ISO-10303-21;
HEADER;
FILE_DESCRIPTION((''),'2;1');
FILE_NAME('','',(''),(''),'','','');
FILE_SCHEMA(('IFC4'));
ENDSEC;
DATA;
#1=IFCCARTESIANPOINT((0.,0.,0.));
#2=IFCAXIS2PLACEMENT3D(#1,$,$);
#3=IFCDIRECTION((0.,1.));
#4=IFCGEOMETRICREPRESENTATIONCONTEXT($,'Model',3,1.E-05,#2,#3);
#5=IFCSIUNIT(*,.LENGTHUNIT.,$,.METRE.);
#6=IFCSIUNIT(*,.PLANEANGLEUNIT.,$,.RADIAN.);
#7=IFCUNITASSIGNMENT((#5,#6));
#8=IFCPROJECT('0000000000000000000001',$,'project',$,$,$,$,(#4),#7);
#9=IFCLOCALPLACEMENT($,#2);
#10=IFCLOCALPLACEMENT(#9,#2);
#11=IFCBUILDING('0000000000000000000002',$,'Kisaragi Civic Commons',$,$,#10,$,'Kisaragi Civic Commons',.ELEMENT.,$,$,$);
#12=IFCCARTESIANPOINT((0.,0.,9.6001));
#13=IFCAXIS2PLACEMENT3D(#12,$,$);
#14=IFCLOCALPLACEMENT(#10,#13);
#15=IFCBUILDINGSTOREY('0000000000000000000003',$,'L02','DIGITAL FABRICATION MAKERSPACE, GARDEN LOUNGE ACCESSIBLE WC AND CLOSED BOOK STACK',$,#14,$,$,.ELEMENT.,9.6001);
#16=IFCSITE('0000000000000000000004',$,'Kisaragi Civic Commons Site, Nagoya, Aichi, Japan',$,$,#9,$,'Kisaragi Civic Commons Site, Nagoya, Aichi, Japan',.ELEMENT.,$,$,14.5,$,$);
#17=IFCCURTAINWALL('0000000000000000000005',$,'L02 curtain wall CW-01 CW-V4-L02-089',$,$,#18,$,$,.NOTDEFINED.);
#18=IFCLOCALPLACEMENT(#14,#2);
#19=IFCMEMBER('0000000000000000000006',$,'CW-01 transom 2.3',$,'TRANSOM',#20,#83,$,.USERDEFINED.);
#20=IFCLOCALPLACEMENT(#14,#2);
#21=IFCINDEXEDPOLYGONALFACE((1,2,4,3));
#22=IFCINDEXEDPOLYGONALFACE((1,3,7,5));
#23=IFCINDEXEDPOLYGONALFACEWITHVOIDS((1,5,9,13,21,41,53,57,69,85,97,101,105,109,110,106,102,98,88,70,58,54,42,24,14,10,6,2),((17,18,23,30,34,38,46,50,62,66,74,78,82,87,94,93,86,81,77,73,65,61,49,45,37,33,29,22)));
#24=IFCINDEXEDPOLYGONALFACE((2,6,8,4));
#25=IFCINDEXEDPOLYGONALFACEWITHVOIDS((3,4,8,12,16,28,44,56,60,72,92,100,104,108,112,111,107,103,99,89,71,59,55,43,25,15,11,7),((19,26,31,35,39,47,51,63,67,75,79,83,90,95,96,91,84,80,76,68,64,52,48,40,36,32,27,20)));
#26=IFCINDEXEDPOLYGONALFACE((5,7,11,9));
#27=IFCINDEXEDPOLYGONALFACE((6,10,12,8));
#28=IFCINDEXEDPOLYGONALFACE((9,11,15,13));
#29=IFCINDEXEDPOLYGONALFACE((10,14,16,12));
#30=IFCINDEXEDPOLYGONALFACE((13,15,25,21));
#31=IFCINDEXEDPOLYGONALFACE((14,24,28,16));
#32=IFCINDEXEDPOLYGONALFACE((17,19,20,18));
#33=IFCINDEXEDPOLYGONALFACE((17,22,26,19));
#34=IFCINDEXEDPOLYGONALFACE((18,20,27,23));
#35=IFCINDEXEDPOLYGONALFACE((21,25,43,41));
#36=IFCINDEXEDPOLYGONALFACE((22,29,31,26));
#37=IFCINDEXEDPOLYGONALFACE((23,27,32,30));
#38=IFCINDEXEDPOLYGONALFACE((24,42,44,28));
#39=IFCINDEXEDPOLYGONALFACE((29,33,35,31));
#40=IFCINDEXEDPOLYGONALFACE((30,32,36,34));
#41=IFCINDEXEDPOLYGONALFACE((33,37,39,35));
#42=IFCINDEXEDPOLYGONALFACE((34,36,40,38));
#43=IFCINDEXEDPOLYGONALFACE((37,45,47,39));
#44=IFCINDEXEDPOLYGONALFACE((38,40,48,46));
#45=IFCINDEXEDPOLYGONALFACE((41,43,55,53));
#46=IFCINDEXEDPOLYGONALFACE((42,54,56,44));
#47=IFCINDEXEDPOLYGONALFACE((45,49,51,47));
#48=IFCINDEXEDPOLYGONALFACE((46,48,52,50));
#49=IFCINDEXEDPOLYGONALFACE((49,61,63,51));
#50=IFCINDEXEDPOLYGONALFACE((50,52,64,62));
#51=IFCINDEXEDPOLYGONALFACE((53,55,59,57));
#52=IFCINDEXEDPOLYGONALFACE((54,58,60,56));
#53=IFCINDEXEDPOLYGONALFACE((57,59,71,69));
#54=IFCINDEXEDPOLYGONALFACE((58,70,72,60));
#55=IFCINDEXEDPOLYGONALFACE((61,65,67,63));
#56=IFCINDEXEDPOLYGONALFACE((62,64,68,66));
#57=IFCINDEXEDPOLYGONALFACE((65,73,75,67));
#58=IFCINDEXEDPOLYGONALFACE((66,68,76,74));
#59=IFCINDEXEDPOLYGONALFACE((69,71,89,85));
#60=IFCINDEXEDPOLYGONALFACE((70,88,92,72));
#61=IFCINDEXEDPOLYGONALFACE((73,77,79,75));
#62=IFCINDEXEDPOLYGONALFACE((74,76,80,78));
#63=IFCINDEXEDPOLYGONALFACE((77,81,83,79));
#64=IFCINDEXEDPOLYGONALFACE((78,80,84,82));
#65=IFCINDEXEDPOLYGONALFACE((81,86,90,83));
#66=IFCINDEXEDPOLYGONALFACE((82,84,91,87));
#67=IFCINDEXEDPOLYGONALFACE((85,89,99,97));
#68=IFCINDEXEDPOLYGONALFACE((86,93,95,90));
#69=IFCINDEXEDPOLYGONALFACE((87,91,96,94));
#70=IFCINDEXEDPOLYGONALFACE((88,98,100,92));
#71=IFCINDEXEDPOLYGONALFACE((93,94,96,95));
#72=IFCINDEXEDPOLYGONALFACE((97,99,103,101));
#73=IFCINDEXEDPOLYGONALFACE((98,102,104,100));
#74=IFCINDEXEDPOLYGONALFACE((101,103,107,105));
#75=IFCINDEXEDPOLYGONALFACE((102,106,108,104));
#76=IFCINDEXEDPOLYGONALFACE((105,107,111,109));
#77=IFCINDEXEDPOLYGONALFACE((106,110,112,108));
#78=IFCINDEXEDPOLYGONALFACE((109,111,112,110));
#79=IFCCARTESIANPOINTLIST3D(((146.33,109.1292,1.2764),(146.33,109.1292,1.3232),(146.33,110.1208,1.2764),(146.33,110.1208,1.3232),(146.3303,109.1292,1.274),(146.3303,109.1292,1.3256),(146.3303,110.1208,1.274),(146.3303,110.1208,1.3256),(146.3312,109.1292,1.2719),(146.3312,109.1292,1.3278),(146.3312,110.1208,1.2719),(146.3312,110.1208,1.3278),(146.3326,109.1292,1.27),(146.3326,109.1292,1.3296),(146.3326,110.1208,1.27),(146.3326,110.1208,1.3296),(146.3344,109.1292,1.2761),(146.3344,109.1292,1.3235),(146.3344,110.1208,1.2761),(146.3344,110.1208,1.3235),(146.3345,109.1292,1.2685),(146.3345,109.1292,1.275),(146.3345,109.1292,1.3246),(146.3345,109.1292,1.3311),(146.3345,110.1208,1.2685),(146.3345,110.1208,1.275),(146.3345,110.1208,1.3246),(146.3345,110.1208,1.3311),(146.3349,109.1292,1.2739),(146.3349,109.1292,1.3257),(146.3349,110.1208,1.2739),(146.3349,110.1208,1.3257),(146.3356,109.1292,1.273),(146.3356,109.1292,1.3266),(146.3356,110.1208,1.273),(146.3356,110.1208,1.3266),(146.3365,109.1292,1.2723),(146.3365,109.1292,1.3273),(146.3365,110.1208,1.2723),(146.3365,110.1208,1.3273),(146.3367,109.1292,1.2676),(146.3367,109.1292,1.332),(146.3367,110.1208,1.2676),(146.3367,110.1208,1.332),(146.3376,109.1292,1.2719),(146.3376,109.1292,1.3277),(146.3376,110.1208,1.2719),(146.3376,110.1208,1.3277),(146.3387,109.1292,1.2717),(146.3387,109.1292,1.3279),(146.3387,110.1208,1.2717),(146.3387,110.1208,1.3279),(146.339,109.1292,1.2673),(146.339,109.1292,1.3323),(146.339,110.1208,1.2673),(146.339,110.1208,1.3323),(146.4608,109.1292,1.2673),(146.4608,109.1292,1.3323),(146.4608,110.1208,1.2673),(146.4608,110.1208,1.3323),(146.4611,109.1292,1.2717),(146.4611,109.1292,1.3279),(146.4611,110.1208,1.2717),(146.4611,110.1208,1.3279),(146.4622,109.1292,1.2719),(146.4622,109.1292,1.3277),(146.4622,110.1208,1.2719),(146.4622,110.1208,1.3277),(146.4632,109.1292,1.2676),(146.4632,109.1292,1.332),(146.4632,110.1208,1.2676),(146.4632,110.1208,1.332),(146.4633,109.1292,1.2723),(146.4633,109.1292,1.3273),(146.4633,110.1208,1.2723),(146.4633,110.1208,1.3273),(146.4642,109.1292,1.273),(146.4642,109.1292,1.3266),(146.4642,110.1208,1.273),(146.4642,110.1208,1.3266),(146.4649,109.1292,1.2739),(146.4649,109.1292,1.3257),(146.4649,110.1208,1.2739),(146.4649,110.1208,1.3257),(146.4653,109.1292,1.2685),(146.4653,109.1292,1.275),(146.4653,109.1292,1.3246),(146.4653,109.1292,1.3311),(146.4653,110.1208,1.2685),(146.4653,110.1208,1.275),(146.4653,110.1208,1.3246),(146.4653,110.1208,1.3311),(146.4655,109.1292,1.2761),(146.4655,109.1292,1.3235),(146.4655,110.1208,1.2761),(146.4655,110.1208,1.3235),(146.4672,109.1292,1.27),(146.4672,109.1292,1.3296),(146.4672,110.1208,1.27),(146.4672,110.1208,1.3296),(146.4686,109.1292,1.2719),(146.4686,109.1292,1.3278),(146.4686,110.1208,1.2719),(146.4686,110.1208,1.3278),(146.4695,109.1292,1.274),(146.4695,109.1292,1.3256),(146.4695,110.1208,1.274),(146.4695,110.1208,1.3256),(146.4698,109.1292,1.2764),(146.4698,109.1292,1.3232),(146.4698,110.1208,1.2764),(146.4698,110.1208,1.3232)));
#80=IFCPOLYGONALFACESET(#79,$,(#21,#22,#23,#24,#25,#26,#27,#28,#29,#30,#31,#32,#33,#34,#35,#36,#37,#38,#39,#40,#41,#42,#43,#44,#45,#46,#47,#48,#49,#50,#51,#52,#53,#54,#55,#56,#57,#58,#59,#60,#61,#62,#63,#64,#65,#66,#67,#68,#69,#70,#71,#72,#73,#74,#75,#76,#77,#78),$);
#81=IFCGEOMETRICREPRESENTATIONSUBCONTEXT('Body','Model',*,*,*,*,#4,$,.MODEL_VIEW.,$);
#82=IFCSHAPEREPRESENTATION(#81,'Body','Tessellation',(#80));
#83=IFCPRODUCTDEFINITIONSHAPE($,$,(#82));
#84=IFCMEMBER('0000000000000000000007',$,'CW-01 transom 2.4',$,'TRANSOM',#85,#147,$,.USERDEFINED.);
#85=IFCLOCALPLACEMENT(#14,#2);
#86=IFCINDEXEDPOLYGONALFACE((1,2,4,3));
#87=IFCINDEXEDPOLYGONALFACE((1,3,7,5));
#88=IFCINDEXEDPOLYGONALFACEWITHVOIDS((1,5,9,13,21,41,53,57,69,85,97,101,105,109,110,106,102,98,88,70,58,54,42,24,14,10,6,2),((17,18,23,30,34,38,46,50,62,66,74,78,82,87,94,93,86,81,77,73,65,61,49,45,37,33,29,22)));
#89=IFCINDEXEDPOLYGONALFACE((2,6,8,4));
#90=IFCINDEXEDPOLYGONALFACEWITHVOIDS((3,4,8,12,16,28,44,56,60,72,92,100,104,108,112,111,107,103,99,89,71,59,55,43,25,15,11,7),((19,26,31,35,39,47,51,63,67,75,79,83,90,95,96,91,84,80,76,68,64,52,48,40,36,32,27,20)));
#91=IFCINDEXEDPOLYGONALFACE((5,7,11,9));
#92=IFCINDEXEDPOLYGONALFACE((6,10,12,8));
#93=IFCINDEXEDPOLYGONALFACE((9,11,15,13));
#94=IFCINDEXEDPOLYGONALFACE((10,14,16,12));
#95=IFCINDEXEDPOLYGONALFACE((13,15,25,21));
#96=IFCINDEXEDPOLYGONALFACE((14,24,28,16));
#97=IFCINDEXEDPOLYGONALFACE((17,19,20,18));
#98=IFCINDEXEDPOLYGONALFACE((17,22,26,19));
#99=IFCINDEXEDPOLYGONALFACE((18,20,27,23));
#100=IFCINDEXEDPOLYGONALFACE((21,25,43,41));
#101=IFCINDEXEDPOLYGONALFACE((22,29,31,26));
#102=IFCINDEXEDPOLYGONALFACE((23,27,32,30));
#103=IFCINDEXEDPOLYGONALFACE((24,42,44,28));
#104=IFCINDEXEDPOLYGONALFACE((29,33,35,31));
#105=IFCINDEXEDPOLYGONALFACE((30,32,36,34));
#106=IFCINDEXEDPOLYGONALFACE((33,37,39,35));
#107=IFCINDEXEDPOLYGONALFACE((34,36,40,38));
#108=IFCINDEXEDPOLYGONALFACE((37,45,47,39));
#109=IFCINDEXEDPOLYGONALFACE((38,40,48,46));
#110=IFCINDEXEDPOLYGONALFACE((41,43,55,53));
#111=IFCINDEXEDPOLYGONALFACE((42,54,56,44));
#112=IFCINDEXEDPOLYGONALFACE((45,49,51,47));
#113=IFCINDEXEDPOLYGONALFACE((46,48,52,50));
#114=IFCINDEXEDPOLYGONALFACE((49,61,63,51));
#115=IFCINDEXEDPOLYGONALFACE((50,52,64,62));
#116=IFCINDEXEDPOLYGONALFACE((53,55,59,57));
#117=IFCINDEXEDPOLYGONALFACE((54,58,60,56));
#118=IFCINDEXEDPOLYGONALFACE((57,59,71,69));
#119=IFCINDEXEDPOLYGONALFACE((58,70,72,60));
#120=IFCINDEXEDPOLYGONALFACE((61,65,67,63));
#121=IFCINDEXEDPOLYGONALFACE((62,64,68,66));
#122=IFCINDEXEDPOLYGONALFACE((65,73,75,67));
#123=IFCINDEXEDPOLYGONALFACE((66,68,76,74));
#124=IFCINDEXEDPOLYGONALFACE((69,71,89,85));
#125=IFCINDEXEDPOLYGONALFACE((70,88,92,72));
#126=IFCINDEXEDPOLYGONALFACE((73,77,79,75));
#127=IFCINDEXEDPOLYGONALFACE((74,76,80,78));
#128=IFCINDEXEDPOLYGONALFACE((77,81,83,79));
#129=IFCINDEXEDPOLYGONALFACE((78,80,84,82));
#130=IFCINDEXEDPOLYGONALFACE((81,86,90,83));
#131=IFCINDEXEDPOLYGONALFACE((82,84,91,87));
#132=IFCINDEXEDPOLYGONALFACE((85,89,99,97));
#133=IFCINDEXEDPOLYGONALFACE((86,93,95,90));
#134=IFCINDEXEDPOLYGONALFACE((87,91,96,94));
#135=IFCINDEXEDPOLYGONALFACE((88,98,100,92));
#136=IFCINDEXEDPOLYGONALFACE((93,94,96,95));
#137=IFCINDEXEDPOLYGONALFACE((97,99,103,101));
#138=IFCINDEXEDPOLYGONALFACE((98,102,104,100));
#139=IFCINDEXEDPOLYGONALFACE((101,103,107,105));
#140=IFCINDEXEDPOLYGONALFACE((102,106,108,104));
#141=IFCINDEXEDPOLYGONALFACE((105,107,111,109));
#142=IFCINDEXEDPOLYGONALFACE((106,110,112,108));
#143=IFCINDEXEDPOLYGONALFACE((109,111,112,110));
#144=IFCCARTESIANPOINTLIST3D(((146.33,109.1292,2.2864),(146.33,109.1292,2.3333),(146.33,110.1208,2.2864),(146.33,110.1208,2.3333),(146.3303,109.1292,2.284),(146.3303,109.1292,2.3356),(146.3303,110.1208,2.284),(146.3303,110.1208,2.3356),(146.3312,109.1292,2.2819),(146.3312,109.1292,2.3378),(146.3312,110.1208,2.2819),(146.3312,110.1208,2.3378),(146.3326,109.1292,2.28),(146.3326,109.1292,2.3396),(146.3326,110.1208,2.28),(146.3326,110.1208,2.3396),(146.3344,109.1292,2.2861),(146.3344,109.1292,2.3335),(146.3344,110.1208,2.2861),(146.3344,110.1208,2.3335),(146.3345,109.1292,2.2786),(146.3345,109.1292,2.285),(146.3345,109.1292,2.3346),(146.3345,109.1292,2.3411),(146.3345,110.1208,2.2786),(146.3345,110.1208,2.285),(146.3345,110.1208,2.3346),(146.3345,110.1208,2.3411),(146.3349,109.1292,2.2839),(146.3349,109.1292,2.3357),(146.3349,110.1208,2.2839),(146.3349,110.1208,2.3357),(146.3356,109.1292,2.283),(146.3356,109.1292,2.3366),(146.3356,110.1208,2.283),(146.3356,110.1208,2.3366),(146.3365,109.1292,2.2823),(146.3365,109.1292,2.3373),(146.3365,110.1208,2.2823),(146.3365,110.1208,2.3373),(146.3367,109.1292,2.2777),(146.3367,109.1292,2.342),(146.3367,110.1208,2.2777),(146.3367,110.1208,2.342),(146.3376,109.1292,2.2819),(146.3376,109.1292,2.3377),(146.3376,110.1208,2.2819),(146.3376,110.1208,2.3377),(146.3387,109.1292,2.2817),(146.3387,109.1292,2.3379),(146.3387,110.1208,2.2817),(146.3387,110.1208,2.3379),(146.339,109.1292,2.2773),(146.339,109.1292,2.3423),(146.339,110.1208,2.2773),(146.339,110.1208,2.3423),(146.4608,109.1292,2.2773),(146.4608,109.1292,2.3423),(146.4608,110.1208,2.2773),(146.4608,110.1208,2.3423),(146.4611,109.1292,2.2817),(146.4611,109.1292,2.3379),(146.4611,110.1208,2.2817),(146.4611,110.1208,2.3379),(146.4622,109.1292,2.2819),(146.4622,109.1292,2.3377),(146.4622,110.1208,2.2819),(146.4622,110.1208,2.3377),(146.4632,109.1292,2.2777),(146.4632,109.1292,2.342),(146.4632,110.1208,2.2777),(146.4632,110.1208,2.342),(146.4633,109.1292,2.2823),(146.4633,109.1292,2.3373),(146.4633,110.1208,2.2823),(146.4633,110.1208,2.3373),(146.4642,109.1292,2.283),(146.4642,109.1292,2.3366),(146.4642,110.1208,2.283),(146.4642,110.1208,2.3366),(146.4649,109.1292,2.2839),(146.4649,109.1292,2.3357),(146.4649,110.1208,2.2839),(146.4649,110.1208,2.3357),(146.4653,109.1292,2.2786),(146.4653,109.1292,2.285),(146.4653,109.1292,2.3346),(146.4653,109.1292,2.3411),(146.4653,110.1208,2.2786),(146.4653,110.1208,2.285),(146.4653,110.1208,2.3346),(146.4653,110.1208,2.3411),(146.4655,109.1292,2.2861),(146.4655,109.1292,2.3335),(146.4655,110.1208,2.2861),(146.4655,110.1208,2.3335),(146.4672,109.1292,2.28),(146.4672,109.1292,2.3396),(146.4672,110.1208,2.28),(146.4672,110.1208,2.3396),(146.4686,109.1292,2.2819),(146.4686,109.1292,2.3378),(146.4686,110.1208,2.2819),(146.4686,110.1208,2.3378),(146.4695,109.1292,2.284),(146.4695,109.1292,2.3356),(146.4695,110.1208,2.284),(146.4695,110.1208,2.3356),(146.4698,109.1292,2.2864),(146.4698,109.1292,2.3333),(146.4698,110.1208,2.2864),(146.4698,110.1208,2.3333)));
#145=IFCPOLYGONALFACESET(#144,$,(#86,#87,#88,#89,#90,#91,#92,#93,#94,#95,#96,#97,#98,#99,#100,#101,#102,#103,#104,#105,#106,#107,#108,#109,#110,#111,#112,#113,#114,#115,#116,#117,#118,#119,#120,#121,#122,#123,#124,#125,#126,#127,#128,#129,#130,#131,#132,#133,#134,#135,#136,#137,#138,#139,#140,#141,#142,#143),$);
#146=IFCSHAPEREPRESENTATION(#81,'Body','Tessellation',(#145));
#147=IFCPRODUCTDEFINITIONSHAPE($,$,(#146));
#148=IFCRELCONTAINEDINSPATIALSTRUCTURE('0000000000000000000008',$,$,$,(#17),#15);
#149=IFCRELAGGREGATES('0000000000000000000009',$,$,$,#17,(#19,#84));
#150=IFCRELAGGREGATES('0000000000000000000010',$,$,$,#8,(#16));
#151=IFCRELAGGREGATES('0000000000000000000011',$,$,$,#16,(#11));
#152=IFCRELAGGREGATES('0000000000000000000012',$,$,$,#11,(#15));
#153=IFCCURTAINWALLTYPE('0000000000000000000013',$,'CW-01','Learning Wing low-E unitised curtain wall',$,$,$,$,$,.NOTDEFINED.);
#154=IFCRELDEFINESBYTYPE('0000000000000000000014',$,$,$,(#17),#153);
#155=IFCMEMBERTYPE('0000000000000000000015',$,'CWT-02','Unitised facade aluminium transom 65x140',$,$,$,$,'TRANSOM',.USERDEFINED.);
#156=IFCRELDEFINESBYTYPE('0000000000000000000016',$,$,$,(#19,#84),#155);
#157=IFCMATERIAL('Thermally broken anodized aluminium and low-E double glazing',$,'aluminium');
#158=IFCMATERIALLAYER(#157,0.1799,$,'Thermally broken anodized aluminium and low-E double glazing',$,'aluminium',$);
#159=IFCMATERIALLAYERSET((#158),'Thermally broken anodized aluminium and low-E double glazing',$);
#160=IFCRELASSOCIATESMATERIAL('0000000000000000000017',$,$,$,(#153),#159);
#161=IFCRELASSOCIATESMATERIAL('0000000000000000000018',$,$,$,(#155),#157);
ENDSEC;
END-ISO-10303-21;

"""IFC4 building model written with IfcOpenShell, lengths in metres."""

from ifc_helpers import new_model, si_unit, direction, frame, origin, origin_2d, place, context, subcontext, project, spatial, hollow_rectangle, extrude, material, layer, layer_set, material_profile, profile_set, type_object, element, aggregate, save


model = new_model("IFC4")

# Units and contexts
model_context = context("Model", 3, precision=1e-05, world=origin(), true_north=direction((0.0, 1.0)))
body_context = subcontext(model_context, "Body", "Model", "MODEL_VIEW")
ifc_project = project(units=[si_unit("LENGTHUNIT", "METRE"), si_unit("PLANEANGLEUNIT", "RADIAN")], contexts=[model_context])

# Site, building, storey
site_placement = place(None, origin())
site = spatial("IfcSite", under=ifc_project, at=site_placement, Name="Kisaragi Civic Commons Site, Nagoya, Aichi, Japan", LongName="Kisaragi Civic Commons Site, Nagoya, Aichi, Japan", CompositionType="ELEMENT", RefElevation=14.5)
building_placement = place(site_placement, origin())
building = spatial("IfcBuilding", under=site, at=building_placement, Name="Kisaragi Civic Commons", LongName="Kisaragi Civic Commons", CompositionType="ELEMENT")
storey_placement = place(building_placement, frame((0.0, 0.0, 9.6001)))
storey = spatial("IfcBuildingStorey", under=building, at=storey_placement, Name="L02", Description="DIGITAL FABRICATION MAKERSPACE, GARDEN LOUNGE ACCESSIBLE WC AND CLOSED BOOK STACK", CompositionType="ELEMENT", Elevation=9.6001)

# Shared definitions
ifc_material_1 = material(Name="Thermally broken anodized aluminium and low-E double glazing", Category="aluminium")
ifc_layer_1 = layer(ifc_material_1, 0.1799, Name="Thermally broken anodized aluminium and low-E double glazing", Category="aluminium")
ifc_layer_set_1 = layer_set([ifc_layer_1], Name="Thermally broken anodized aluminium and low-E double glazing")
curtain_wall_type = type_object("IfcCurtainWallType", Name="CW-01", Description="Learning Wing low-E unitised curtain wall", PredefinedType="NOTDEFINED", material=ifc_layer_set_1)

# Curtain wall, members
curtain_wall_1_placement = place(storey_placement, origin())
curtain_wall_1 = element("IfcCurtainWall", 1, at=curtain_wall_1_placement, inside=storey, type_object=curtain_wall_type, Name="L02 curtain wall CW-01 CW-V4-L02-089", PredefinedType="NOTDEFINED")
ifc_material_profile_1 = material_profile(ifc_material_1, hollow_rectangle(XDim=0.1399, YDim=0.0649, WallThickness=0.0044, InnerFilletRadius=0.0044, OuterFilletRadius=0.009, at=origin_2d()), Name="CWT-65x140x4.5", Category="aluminium")
ifc_profile_set_1 = profile_set([ifc_material_profile_1], Name="Thermally broken anodized aluminium and low-E double glazing")
member_type_1 = type_object("IfcMemberType", Name="CWT-02", Description="Unitised facade aluminium transom 65x140", ElementType="TRANSOM", PredefinedType="USERDEFINED", material=ifc_profile_set_1)
member_1_placement = place(storey_placement, frame((146.3999, 110.1208, 1.2998), z_axis=(0.0, -1.0, 0.0), x_axis=(1.0, 0.0, 0.0)))
member_1 = element("IfcMember", 2, at=member_1_placement, type_object=member_type_1, Name="CW-01 transom 2.3", ObjectType="TRANSOM", PredefinedType="USERDEFINED", context=body_context, shape_type="SweptSolid", body=[
    extrude(hollow_rectangle(XDim=0.1399, YDim=0.0649, WallThickness=0.0044, InnerFilletRadius=0.0044, OuterFilletRadius=0.009, at=origin_2d()), origin(), (0.0, 0.0, 1.0), 0.9917),
])
member_2_placement = place(storey_placement, frame((146.3999, 110.1208, 2.3098), z_axis=(0.0, -1.0, 0.0), x_axis=(1.0, 0.0, 0.0)))
member_2 = element("IfcMember", 3, at=member_2_placement, type_object=member_type_1, Name="CW-01 transom 2.4", ObjectType="TRANSOM", PredefinedType="USERDEFINED", context=body_context, shape_type="SweptSolid", body=[
    extrude(hollow_rectangle(XDim=0.1399, YDim=0.0649, WallThickness=0.0044, InnerFilletRadius=0.0044, OuterFilletRadius=0.009, at=origin_2d()), origin(), (0.0, 0.0, 1.0), 0.9917),
])

aggregate(curtain_wall_1, [member_1, member_2])

save(model, "model.ifc")
